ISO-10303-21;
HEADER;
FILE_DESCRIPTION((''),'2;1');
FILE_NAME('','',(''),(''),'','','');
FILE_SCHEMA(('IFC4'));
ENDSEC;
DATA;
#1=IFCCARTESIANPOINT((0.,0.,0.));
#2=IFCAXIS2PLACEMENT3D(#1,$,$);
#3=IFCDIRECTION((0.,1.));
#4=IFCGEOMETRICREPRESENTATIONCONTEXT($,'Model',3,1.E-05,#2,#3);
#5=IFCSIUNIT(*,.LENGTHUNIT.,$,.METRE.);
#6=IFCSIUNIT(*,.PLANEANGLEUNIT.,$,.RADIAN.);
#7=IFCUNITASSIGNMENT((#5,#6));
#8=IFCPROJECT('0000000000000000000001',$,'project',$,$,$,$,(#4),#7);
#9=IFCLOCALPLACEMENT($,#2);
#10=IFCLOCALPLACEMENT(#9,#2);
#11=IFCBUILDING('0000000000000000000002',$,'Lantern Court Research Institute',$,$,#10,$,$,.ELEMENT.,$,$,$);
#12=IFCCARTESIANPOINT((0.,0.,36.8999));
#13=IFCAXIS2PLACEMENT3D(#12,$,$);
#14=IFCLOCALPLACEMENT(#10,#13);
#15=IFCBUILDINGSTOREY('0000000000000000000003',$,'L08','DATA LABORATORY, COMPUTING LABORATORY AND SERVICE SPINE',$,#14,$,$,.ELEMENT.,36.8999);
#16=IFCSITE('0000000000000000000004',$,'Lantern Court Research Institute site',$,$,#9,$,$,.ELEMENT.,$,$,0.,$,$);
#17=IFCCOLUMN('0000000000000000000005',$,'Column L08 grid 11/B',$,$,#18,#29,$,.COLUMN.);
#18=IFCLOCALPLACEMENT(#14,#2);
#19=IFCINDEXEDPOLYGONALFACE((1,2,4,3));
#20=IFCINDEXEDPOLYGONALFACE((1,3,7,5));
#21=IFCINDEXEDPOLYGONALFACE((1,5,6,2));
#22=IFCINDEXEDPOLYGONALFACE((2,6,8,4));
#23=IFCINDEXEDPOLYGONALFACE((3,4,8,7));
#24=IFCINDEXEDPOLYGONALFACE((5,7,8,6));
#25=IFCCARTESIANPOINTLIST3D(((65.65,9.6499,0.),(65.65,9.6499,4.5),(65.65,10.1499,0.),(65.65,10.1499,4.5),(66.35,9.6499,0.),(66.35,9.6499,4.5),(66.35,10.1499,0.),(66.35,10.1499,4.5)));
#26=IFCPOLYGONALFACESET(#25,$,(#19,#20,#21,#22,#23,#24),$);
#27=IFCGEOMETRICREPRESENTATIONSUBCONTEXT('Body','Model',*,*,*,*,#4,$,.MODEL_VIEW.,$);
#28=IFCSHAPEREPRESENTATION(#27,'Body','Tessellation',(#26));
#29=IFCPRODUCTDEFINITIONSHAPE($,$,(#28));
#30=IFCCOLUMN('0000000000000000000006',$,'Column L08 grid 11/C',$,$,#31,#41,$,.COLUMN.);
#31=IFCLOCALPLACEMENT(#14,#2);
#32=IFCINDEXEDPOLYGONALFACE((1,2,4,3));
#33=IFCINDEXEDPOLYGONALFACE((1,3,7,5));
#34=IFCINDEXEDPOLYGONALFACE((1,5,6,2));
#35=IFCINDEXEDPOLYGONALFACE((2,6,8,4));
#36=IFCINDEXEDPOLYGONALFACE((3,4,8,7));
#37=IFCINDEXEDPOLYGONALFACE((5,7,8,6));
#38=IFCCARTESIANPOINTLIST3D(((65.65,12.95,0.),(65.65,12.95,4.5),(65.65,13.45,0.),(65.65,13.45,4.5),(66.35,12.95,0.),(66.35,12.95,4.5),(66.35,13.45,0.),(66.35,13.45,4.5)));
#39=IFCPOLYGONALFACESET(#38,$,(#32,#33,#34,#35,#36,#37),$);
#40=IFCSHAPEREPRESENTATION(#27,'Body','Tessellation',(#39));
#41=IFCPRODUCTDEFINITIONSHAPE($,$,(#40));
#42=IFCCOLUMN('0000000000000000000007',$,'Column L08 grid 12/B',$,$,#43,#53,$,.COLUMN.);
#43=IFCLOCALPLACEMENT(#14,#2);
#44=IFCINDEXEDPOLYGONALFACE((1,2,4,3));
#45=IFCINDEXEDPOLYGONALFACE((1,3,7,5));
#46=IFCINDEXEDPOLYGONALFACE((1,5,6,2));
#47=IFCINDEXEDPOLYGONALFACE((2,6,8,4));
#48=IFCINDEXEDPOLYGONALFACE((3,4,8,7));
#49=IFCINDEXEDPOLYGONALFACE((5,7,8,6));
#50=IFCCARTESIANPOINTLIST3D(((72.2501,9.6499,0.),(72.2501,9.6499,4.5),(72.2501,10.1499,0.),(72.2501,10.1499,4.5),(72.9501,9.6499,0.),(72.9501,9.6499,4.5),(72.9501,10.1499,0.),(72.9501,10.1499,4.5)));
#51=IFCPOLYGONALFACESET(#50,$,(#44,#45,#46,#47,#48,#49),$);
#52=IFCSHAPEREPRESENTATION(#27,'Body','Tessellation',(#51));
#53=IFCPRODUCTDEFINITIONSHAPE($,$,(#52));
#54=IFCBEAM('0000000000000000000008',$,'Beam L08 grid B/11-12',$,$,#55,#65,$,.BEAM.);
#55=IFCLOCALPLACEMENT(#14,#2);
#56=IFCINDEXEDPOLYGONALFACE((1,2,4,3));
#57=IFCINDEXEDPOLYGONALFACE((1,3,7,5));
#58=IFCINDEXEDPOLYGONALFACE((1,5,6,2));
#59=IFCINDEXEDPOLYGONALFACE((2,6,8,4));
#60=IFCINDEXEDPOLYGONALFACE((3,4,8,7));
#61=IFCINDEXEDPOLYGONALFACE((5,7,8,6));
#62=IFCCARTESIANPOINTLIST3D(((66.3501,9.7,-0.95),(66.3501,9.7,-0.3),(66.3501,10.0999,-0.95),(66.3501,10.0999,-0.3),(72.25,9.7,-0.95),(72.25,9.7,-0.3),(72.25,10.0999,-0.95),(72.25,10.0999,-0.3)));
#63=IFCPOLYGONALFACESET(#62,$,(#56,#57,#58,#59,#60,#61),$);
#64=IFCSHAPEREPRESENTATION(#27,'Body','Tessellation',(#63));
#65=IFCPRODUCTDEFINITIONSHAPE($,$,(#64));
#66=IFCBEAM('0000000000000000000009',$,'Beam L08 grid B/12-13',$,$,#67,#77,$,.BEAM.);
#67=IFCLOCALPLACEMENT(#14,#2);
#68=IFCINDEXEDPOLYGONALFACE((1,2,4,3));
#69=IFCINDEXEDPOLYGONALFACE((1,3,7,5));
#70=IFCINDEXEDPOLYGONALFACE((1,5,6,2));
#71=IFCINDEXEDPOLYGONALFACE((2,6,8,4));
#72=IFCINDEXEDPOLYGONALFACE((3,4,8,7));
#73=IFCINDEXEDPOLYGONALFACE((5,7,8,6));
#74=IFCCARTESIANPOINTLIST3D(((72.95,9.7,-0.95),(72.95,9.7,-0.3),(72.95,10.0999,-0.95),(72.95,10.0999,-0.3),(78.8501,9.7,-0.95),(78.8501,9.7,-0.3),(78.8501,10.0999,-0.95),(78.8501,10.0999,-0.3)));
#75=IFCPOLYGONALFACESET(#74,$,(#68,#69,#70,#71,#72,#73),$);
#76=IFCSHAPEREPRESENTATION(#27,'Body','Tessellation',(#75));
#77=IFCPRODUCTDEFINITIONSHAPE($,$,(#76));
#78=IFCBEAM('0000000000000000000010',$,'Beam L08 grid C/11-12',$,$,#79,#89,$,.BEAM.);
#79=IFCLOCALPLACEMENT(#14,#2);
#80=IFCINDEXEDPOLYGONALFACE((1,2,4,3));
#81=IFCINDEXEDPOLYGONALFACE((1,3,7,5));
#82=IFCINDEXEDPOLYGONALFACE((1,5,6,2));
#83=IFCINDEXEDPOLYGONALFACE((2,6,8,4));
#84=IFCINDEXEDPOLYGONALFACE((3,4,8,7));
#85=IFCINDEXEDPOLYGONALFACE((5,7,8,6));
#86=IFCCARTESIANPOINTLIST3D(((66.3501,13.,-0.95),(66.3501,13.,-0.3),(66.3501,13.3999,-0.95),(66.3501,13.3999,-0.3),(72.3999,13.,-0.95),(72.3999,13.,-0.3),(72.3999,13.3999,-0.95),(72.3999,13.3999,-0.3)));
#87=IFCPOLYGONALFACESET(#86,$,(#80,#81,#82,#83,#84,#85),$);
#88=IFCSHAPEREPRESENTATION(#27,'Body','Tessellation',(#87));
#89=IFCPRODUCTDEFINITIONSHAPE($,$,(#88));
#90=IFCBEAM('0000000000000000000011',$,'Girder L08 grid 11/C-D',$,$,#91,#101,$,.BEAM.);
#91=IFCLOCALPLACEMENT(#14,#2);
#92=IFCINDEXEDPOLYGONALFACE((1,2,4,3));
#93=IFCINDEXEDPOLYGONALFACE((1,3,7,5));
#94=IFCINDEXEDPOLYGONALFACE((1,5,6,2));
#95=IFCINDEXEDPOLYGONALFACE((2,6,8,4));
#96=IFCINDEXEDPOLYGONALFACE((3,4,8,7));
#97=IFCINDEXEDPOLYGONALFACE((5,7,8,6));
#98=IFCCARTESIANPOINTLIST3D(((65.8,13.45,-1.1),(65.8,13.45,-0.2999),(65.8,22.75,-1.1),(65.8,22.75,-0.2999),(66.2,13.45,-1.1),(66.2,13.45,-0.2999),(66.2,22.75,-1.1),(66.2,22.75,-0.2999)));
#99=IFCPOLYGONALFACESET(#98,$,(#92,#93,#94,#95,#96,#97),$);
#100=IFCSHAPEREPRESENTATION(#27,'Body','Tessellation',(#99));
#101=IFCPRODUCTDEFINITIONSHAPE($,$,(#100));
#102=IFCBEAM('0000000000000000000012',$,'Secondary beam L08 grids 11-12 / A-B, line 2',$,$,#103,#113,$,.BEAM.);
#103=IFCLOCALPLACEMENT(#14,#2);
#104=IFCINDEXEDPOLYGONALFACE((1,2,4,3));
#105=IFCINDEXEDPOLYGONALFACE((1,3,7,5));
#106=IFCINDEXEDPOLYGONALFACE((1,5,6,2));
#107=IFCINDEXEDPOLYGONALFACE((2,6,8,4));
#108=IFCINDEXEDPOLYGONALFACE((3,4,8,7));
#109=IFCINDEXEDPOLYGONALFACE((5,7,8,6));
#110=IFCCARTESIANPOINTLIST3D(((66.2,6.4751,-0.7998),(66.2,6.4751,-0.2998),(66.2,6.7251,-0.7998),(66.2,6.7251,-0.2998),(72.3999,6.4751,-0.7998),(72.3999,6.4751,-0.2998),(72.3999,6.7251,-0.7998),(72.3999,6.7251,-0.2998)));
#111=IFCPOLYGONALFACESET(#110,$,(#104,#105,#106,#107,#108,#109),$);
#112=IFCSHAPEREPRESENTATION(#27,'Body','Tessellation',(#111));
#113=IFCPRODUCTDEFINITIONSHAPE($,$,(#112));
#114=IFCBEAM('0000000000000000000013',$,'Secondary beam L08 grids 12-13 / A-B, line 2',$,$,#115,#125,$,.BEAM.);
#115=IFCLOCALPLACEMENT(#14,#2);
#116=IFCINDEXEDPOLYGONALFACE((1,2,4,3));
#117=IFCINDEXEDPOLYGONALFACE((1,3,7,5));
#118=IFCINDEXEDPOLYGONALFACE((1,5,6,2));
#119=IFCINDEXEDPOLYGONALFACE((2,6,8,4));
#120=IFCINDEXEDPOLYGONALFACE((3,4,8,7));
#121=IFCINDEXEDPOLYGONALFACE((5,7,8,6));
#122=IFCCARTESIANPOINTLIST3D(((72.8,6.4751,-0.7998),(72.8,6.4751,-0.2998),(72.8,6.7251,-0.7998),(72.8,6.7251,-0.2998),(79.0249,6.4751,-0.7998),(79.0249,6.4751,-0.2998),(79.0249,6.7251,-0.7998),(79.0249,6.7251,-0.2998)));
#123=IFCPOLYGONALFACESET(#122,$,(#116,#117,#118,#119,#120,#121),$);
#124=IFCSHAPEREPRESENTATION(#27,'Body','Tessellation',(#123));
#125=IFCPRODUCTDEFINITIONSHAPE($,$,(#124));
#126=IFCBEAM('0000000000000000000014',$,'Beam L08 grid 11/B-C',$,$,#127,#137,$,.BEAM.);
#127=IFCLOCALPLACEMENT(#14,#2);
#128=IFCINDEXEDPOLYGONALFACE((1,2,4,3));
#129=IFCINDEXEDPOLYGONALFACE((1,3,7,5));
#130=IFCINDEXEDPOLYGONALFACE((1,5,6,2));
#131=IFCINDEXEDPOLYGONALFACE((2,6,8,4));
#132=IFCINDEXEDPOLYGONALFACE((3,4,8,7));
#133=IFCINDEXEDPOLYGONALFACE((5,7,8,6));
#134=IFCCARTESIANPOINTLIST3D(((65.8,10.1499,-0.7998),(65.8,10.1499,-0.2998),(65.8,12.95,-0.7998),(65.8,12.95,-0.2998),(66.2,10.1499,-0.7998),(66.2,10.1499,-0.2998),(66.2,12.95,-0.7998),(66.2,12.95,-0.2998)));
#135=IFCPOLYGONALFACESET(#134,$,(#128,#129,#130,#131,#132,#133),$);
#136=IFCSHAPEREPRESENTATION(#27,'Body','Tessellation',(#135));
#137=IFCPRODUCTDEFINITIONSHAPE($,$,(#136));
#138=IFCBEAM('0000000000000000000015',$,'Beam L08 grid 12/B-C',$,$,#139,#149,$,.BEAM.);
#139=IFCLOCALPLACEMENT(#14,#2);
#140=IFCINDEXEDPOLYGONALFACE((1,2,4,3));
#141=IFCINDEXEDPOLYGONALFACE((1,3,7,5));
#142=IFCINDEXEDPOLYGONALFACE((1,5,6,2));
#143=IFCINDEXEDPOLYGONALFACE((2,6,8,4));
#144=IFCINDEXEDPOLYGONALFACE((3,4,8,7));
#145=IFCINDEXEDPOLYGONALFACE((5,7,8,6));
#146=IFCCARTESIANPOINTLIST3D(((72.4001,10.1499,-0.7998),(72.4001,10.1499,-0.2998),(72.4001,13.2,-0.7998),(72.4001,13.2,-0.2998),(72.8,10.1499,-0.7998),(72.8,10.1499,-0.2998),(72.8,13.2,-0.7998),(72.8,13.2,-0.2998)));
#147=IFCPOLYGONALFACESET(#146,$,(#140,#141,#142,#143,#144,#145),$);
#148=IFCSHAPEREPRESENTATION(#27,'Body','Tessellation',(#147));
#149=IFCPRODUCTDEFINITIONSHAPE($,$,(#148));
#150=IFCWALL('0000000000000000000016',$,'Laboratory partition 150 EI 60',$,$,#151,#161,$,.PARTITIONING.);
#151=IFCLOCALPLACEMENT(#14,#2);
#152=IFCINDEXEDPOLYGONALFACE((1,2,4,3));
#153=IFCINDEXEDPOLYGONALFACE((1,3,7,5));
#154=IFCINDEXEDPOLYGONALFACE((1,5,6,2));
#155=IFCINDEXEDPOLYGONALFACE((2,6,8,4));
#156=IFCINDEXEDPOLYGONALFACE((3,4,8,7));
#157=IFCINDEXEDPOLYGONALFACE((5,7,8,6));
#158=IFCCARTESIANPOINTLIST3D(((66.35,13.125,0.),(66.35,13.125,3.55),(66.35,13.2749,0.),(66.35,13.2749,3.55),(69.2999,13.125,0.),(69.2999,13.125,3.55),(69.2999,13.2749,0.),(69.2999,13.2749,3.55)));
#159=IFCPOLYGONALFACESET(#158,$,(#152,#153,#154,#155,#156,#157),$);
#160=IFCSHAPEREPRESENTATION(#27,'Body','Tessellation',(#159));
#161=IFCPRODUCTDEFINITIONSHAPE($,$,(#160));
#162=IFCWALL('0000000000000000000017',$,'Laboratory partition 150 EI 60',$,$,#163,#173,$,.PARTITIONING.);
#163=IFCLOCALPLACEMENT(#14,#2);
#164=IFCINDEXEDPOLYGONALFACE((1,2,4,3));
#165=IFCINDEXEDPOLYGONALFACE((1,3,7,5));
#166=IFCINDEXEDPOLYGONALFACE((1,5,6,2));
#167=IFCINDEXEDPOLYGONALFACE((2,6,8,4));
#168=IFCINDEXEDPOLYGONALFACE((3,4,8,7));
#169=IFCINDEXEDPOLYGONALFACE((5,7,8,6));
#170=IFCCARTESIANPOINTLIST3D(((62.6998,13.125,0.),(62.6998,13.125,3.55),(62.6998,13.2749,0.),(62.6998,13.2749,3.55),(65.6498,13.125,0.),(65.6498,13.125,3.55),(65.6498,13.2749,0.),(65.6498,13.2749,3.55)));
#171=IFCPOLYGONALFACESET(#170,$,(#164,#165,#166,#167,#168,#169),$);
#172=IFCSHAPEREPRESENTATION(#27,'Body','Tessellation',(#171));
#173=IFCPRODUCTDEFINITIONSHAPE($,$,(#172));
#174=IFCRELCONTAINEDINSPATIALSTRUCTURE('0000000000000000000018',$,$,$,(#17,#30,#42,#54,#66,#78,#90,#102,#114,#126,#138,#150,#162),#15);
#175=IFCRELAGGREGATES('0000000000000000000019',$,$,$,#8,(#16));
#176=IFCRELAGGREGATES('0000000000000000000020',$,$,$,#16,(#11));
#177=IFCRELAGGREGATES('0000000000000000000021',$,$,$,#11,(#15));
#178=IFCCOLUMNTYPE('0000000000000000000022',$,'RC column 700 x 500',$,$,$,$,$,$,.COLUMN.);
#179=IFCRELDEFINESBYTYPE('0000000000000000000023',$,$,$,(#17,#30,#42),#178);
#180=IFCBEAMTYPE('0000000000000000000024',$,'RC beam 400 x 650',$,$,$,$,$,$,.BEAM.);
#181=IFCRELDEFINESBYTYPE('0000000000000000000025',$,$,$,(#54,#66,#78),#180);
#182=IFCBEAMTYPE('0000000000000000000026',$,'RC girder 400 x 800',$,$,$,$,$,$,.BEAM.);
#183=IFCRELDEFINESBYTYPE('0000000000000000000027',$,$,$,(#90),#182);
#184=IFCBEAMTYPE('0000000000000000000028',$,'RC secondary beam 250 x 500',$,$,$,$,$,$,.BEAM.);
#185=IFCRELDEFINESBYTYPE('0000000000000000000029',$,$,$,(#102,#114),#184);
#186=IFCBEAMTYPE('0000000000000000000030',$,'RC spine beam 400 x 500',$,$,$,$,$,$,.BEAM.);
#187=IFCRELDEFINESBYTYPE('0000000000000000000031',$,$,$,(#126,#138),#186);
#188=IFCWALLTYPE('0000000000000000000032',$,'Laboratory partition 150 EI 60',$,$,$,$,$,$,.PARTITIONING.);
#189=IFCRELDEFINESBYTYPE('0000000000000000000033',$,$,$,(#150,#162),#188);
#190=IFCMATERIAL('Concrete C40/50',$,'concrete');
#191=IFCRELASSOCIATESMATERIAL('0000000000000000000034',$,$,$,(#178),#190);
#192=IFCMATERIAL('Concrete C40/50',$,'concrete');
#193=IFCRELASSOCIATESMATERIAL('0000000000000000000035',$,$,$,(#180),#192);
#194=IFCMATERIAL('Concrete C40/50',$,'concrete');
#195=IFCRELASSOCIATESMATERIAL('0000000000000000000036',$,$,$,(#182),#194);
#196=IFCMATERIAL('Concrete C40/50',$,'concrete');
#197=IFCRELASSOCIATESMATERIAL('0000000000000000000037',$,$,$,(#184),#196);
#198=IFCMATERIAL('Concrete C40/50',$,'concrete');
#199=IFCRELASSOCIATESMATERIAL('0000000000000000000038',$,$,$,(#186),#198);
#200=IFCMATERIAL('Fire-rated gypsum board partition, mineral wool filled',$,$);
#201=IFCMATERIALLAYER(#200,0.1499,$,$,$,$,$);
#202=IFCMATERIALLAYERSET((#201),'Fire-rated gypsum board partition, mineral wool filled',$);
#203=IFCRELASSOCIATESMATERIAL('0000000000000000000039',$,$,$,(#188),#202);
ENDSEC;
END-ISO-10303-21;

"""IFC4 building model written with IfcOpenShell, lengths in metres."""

from ifc_helpers import new_model, si_unit, direction, frame, frame_2d, origin, origin_2d, place, context, subcontext, project, spatial, rectangle, extrude, material, layer, layer_set, material_profile, profile_set, type_object, element, save


model = new_model("IFC4")

# Units and contexts
model_context = context("Model", 3, precision=1e-05, world=origin(), true_north=direction((0.0, 1.0)))
body_context = subcontext(model_context, "Body", "Model", "MODEL_VIEW")
ifc_project = project(units=[si_unit("LENGTHUNIT", "METRE"), si_unit("PLANEANGLEUNIT", "RADIAN")], contexts=[model_context])

# Site, building, storey
site_placement = place(None, origin())
site = spatial("IfcSite", under=ifc_project, at=site_placement, Name="Lantern Court Research Institute site", CompositionType="ELEMENT", RefElevation=0.0)
building_placement = place(site_placement, origin())
building = spatial("IfcBuilding", under=site, at=building_placement, Name="Lantern Court Research Institute", CompositionType="ELEMENT")
storey_placement = place(building_placement, frame((0.0, 0.0, 36.8999)))
storey = spatial("IfcBuildingStorey", under=building, at=storey_placement, Name="L08", Description="DATA LABORATORY, COMPUTING LABORATORY AND SERVICE SPINE", CompositionType="ELEMENT", Elevation=36.8999)

# Columns
ifc_material_1 = material(Name="Concrete C40/50", Category="concrete")
ifc_material_profile_1 = material_profile(ifc_material_1, rectangle(XDim=0.7, YDim=0.5, at=origin_2d()), Name="RC column 700 x 500")
ifc_profile_set_1 = profile_set([ifc_material_profile_1], Name="Concrete C40/50")
column_type = type_object("IfcColumnType", Name="RC column 700 x 500", PredefinedType="COLUMN", material=ifc_profile_set_1)
for number, where, z_axis, x_axis, name in (
    (1, (66.0, 9.8999, 0.0), (0.0, 0.0, 1.0), (1.0, 0.0, 0.0), "Column L08 grid 11/B"),
    (2, (66.0, 13.2, 0.0), (0.0, 0.0, 1.0), (1.0, 0.0, 0.0), "Column L08 grid 11/C"),
    (3, (72.6001, 9.8999, 0.0), (0.0, 0.0, 1.0), (1.0, 0.0, 0.0), "Column L08 grid 12/B"),
):
    element("IfcColumn", number, at=place(storey_placement, frame(where, z_axis=z_axis, x_axis=x_axis)), inside=storey, type_object=column_type, Name=name, PredefinedType="COLUMN", context=body_context, shape_type="SweptSolid", body=[
        extrude(rectangle(XDim=0.7, YDim=0.5, at=origin_2d()), origin(), (0.0, 0.0, 1.0), 4.5),
    ])

# Beams
ifc_material_2 = material(Name="Concrete C40/50", Category="concrete")
ifc_material_profile_2 = material_profile(ifc_material_2, rectangle(XDim=0.3999, YDim=0.6499, at=origin_2d()), Name="RC beam 400 x 650")
ifc_profile_set_2 = profile_set([ifc_material_profile_2], Name="Concrete C40/50")
beam_type_1 = type_object("IfcBeamType", Name="RC beam 400 x 650", PredefinedType="BEAM", material=ifc_profile_set_2)
beam_1_placement = place(storey_placement, frame((66.3501, 9.8999, -0.625), z_axis=(1.0, 0.0, 0.0), x_axis=(0.0, 1.0, 0.0)))
element("IfcBeam", 4, at=beam_1_placement, inside=storey, type_object=beam_type_1, Name="Beam L08 grid B/11-12", PredefinedType="BEAM", context=body_context, shape_type="SweptSolid", body=[
    extrude(rectangle(XDim=0.3999, YDim=0.6499, at=origin_2d()), origin(), (0.0, 0.0, 1.0), 5.8999),
])
beam_2_placement = place(storey_placement, frame((72.95, 9.8999, -0.625), z_axis=(1.0, 0.0, 0.0), x_axis=(0.0, 1.0, 0.0)))
element("IfcBeam", 5, at=beam_2_placement, inside=storey, type_object=beam_type_1, Name="Beam L08 grid B/12-13", PredefinedType="BEAM", context=body_context, shape_type="SweptSolid", body=[
    extrude(rectangle(XDim=0.3999, YDim=0.6499, at=origin_2d()), origin(), (0.0, 0.0, 1.0), 5.9001),
])
beam_3_placement = place(storey_placement, frame((66.3501, 13.2, -0.625), z_axis=(1.0, 0.0, 0.0), x_axis=(0.0, 1.0, 0.0)))
element("IfcBeam", 6, at=beam_3_placement, inside=storey, type_object=beam_type_1, Name="Beam L08 grid C/11-12", PredefinedType="BEAM", context=body_context, shape_type="SweptSolid", body=[
    extrude(rectangle(XDim=0.3999, YDim=0.6499, at=origin_2d()), origin(), (0.0, 0.0, 1.0), 6.0498),
])
ifc_material_3 = material(Name="Concrete C40/50", Category="concrete")
ifc_material_profile_3 = material_profile(ifc_material_3, rectangle(XDim=0.3999, YDim=0.8, at=origin_2d()), Name="RC beam 400 x 800")
ifc_profile_set_3 = profile_set([ifc_material_profile_3], Name="Concrete C40/50")
beam_type_2 = type_object("IfcBeamType", Name="RC girder 400 x 800", PredefinedType="BEAM", material=ifc_profile_set_3)
beam_4_placement = place(storey_placement, frame((66.0, 13.45, -0.7), z_axis=(0.0, 1.0, 0.0), x_axis=(-1.0, 0.0, 0.0)))
element("IfcBeam", 7, at=beam_4_placement, inside=storey, type_object=beam_type_2, Name="Girder L08 grid 11/C-D", PredefinedType="BEAM", context=body_context, shape_type="SweptSolid", body=[
    extrude(rectangle(XDim=0.3999, YDim=0.8, at=origin_2d()), origin(), (0.0, 0.0, 1.0), 9.3),
])
ifc_material_4 = material(Name="Concrete C40/50", Category="concrete")
ifc_material_profile_4 = material_profile(ifc_material_4, rectangle(XDim=0.25, YDim=0.5, at=origin_2d()), Name="RC beam 250 x 500")
ifc_profile_set_4 = profile_set([ifc_material_profile_4], Name="Concrete C40/50")
beam_type_3 = type_object("IfcBeamType", Name="RC secondary beam 250 x 500", PredefinedType="BEAM", material=ifc_profile_set_4)
beam_5_placement = place(storey_placement, frame((66.2, 6.6001, -0.5498), z_axis=(1.0, 0.0, 0.0), x_axis=(0.0, 1.0, 0.0)))
element("IfcBeam", 8, at=beam_5_placement, inside=storey, type_object=beam_type_3, Name="Secondary beam L08 grids 11-12 / A-B, line 2", PredefinedType="BEAM", context=body_context, shape_type="SweptSolid", body=[
    extrude(rectangle(XDim=0.25, YDim=0.5, at=origin_2d()), origin(), (0.0, 0.0, 1.0), 6.2),
])
beam_6_placement = place(storey_placement, frame((72.8, 6.6001, -0.5498), z_axis=(1.0, 0.0, 0.0), x_axis=(0.0, 1.0, 0.0)))
element("IfcBeam", 9, at=beam_6_placement, inside=storey, type_object=beam_type_3, Name="Secondary beam L08 grids 12-13 / A-B, line 2", PredefinedType="BEAM", context=body_context, shape_type="SweptSolid", body=[
    extrude(rectangle(XDim=0.25, YDim=0.5, at=origin_2d()), origin(), (0.0, 0.0, 1.0), 6.2249),
])
ifc_material_5 = material(Name="Concrete C40/50", Category="concrete")
ifc_material_profile_5 = material_profile(ifc_material_5, rectangle(XDim=0.3999, YDim=0.5, at=origin_2d()), Name="RC beam 400 x 500")
ifc_profile_set_5 = profile_set([ifc_material_profile_5], Name="Concrete C40/50")
beam_type_4 = type_object("IfcBeamType", Name="RC spine beam 400 x 500", PredefinedType="BEAM", material=ifc_profile_set_5)
beam_7_placement = place(storey_placement, frame((66.0, 10.1499, -0.5498), z_axis=(0.0, 1.0, 0.0), x_axis=(-1.0, 0.0, 0.0)))
element("IfcBeam", 10, at=beam_7_placement, inside=storey, type_object=beam_type_4, Name="Beam L08 grid 11/B-C", PredefinedType="BEAM", context=body_context, shape_type="SweptSolid", body=[
    extrude(rectangle(XDim=0.3999, YDim=0.5, at=origin_2d()), origin(), (0.0, 0.0, 1.0), 2.8),
])
beam_8_placement = place(storey_placement, frame((72.6001, 10.1499, -0.5498), z_axis=(0.0, 1.0, 0.0), x_axis=(-1.0, 0.0, 0.0)))
element("IfcBeam", 11, at=beam_8_placement, inside=storey, type_object=beam_type_4, Name="Beam L08 grid 12/B-C", PredefinedType="BEAM", context=body_context, shape_type="SweptSolid", body=[
    extrude(rectangle(XDim=0.3999, YDim=0.5, at=origin_2d()), origin(), (0.0, 0.0, 1.0), 3.05),
])

# Walls
ifc_material_6 = material(Name="Fire-rated gypsum board partition, mineral wool filled")
ifc_layer_1 = layer(ifc_material_6, 0.1499)
ifc_layer_set_1 = layer_set([ifc_layer_1], Name="Fire-rated gypsum board partition, mineral wool filled")
wall_type_1 = type_object("IfcWallType", Name="Laboratory partition 150 EI 60", PredefinedType="PARTITIONING", material=ifc_layer_set_1)
for number, where, z_axis, x_axis, name in (
    (12, (69.3, 13.2, 0.0), (0.0, 0.0, 1.0), (-1.0, 0.0, 0.0), "Laboratory partition 150 EI 60"),
    (13, (65.6499, 13.2, 0.0), (0.0, 0.0, 1.0), (-1.0, 0.0, 0.0), "Laboratory partition 150 EI 60"),
):
    element("IfcWall", number, at=place(storey_placement, frame(where, z_axis=z_axis, x_axis=x_axis)), inside=storey, type_object=wall_type_1, Name=name, PredefinedType="PARTITIONING", context=body_context, shape_type="SweptSolid", body=[
        extrude(rectangle(XDim=2.95, YDim=0.1499, at=frame_2d((1.4751, 0.0))), origin(), (0.0, 0.0, 1.0), 3.55),
    ])

save(model, "model.ifc")
